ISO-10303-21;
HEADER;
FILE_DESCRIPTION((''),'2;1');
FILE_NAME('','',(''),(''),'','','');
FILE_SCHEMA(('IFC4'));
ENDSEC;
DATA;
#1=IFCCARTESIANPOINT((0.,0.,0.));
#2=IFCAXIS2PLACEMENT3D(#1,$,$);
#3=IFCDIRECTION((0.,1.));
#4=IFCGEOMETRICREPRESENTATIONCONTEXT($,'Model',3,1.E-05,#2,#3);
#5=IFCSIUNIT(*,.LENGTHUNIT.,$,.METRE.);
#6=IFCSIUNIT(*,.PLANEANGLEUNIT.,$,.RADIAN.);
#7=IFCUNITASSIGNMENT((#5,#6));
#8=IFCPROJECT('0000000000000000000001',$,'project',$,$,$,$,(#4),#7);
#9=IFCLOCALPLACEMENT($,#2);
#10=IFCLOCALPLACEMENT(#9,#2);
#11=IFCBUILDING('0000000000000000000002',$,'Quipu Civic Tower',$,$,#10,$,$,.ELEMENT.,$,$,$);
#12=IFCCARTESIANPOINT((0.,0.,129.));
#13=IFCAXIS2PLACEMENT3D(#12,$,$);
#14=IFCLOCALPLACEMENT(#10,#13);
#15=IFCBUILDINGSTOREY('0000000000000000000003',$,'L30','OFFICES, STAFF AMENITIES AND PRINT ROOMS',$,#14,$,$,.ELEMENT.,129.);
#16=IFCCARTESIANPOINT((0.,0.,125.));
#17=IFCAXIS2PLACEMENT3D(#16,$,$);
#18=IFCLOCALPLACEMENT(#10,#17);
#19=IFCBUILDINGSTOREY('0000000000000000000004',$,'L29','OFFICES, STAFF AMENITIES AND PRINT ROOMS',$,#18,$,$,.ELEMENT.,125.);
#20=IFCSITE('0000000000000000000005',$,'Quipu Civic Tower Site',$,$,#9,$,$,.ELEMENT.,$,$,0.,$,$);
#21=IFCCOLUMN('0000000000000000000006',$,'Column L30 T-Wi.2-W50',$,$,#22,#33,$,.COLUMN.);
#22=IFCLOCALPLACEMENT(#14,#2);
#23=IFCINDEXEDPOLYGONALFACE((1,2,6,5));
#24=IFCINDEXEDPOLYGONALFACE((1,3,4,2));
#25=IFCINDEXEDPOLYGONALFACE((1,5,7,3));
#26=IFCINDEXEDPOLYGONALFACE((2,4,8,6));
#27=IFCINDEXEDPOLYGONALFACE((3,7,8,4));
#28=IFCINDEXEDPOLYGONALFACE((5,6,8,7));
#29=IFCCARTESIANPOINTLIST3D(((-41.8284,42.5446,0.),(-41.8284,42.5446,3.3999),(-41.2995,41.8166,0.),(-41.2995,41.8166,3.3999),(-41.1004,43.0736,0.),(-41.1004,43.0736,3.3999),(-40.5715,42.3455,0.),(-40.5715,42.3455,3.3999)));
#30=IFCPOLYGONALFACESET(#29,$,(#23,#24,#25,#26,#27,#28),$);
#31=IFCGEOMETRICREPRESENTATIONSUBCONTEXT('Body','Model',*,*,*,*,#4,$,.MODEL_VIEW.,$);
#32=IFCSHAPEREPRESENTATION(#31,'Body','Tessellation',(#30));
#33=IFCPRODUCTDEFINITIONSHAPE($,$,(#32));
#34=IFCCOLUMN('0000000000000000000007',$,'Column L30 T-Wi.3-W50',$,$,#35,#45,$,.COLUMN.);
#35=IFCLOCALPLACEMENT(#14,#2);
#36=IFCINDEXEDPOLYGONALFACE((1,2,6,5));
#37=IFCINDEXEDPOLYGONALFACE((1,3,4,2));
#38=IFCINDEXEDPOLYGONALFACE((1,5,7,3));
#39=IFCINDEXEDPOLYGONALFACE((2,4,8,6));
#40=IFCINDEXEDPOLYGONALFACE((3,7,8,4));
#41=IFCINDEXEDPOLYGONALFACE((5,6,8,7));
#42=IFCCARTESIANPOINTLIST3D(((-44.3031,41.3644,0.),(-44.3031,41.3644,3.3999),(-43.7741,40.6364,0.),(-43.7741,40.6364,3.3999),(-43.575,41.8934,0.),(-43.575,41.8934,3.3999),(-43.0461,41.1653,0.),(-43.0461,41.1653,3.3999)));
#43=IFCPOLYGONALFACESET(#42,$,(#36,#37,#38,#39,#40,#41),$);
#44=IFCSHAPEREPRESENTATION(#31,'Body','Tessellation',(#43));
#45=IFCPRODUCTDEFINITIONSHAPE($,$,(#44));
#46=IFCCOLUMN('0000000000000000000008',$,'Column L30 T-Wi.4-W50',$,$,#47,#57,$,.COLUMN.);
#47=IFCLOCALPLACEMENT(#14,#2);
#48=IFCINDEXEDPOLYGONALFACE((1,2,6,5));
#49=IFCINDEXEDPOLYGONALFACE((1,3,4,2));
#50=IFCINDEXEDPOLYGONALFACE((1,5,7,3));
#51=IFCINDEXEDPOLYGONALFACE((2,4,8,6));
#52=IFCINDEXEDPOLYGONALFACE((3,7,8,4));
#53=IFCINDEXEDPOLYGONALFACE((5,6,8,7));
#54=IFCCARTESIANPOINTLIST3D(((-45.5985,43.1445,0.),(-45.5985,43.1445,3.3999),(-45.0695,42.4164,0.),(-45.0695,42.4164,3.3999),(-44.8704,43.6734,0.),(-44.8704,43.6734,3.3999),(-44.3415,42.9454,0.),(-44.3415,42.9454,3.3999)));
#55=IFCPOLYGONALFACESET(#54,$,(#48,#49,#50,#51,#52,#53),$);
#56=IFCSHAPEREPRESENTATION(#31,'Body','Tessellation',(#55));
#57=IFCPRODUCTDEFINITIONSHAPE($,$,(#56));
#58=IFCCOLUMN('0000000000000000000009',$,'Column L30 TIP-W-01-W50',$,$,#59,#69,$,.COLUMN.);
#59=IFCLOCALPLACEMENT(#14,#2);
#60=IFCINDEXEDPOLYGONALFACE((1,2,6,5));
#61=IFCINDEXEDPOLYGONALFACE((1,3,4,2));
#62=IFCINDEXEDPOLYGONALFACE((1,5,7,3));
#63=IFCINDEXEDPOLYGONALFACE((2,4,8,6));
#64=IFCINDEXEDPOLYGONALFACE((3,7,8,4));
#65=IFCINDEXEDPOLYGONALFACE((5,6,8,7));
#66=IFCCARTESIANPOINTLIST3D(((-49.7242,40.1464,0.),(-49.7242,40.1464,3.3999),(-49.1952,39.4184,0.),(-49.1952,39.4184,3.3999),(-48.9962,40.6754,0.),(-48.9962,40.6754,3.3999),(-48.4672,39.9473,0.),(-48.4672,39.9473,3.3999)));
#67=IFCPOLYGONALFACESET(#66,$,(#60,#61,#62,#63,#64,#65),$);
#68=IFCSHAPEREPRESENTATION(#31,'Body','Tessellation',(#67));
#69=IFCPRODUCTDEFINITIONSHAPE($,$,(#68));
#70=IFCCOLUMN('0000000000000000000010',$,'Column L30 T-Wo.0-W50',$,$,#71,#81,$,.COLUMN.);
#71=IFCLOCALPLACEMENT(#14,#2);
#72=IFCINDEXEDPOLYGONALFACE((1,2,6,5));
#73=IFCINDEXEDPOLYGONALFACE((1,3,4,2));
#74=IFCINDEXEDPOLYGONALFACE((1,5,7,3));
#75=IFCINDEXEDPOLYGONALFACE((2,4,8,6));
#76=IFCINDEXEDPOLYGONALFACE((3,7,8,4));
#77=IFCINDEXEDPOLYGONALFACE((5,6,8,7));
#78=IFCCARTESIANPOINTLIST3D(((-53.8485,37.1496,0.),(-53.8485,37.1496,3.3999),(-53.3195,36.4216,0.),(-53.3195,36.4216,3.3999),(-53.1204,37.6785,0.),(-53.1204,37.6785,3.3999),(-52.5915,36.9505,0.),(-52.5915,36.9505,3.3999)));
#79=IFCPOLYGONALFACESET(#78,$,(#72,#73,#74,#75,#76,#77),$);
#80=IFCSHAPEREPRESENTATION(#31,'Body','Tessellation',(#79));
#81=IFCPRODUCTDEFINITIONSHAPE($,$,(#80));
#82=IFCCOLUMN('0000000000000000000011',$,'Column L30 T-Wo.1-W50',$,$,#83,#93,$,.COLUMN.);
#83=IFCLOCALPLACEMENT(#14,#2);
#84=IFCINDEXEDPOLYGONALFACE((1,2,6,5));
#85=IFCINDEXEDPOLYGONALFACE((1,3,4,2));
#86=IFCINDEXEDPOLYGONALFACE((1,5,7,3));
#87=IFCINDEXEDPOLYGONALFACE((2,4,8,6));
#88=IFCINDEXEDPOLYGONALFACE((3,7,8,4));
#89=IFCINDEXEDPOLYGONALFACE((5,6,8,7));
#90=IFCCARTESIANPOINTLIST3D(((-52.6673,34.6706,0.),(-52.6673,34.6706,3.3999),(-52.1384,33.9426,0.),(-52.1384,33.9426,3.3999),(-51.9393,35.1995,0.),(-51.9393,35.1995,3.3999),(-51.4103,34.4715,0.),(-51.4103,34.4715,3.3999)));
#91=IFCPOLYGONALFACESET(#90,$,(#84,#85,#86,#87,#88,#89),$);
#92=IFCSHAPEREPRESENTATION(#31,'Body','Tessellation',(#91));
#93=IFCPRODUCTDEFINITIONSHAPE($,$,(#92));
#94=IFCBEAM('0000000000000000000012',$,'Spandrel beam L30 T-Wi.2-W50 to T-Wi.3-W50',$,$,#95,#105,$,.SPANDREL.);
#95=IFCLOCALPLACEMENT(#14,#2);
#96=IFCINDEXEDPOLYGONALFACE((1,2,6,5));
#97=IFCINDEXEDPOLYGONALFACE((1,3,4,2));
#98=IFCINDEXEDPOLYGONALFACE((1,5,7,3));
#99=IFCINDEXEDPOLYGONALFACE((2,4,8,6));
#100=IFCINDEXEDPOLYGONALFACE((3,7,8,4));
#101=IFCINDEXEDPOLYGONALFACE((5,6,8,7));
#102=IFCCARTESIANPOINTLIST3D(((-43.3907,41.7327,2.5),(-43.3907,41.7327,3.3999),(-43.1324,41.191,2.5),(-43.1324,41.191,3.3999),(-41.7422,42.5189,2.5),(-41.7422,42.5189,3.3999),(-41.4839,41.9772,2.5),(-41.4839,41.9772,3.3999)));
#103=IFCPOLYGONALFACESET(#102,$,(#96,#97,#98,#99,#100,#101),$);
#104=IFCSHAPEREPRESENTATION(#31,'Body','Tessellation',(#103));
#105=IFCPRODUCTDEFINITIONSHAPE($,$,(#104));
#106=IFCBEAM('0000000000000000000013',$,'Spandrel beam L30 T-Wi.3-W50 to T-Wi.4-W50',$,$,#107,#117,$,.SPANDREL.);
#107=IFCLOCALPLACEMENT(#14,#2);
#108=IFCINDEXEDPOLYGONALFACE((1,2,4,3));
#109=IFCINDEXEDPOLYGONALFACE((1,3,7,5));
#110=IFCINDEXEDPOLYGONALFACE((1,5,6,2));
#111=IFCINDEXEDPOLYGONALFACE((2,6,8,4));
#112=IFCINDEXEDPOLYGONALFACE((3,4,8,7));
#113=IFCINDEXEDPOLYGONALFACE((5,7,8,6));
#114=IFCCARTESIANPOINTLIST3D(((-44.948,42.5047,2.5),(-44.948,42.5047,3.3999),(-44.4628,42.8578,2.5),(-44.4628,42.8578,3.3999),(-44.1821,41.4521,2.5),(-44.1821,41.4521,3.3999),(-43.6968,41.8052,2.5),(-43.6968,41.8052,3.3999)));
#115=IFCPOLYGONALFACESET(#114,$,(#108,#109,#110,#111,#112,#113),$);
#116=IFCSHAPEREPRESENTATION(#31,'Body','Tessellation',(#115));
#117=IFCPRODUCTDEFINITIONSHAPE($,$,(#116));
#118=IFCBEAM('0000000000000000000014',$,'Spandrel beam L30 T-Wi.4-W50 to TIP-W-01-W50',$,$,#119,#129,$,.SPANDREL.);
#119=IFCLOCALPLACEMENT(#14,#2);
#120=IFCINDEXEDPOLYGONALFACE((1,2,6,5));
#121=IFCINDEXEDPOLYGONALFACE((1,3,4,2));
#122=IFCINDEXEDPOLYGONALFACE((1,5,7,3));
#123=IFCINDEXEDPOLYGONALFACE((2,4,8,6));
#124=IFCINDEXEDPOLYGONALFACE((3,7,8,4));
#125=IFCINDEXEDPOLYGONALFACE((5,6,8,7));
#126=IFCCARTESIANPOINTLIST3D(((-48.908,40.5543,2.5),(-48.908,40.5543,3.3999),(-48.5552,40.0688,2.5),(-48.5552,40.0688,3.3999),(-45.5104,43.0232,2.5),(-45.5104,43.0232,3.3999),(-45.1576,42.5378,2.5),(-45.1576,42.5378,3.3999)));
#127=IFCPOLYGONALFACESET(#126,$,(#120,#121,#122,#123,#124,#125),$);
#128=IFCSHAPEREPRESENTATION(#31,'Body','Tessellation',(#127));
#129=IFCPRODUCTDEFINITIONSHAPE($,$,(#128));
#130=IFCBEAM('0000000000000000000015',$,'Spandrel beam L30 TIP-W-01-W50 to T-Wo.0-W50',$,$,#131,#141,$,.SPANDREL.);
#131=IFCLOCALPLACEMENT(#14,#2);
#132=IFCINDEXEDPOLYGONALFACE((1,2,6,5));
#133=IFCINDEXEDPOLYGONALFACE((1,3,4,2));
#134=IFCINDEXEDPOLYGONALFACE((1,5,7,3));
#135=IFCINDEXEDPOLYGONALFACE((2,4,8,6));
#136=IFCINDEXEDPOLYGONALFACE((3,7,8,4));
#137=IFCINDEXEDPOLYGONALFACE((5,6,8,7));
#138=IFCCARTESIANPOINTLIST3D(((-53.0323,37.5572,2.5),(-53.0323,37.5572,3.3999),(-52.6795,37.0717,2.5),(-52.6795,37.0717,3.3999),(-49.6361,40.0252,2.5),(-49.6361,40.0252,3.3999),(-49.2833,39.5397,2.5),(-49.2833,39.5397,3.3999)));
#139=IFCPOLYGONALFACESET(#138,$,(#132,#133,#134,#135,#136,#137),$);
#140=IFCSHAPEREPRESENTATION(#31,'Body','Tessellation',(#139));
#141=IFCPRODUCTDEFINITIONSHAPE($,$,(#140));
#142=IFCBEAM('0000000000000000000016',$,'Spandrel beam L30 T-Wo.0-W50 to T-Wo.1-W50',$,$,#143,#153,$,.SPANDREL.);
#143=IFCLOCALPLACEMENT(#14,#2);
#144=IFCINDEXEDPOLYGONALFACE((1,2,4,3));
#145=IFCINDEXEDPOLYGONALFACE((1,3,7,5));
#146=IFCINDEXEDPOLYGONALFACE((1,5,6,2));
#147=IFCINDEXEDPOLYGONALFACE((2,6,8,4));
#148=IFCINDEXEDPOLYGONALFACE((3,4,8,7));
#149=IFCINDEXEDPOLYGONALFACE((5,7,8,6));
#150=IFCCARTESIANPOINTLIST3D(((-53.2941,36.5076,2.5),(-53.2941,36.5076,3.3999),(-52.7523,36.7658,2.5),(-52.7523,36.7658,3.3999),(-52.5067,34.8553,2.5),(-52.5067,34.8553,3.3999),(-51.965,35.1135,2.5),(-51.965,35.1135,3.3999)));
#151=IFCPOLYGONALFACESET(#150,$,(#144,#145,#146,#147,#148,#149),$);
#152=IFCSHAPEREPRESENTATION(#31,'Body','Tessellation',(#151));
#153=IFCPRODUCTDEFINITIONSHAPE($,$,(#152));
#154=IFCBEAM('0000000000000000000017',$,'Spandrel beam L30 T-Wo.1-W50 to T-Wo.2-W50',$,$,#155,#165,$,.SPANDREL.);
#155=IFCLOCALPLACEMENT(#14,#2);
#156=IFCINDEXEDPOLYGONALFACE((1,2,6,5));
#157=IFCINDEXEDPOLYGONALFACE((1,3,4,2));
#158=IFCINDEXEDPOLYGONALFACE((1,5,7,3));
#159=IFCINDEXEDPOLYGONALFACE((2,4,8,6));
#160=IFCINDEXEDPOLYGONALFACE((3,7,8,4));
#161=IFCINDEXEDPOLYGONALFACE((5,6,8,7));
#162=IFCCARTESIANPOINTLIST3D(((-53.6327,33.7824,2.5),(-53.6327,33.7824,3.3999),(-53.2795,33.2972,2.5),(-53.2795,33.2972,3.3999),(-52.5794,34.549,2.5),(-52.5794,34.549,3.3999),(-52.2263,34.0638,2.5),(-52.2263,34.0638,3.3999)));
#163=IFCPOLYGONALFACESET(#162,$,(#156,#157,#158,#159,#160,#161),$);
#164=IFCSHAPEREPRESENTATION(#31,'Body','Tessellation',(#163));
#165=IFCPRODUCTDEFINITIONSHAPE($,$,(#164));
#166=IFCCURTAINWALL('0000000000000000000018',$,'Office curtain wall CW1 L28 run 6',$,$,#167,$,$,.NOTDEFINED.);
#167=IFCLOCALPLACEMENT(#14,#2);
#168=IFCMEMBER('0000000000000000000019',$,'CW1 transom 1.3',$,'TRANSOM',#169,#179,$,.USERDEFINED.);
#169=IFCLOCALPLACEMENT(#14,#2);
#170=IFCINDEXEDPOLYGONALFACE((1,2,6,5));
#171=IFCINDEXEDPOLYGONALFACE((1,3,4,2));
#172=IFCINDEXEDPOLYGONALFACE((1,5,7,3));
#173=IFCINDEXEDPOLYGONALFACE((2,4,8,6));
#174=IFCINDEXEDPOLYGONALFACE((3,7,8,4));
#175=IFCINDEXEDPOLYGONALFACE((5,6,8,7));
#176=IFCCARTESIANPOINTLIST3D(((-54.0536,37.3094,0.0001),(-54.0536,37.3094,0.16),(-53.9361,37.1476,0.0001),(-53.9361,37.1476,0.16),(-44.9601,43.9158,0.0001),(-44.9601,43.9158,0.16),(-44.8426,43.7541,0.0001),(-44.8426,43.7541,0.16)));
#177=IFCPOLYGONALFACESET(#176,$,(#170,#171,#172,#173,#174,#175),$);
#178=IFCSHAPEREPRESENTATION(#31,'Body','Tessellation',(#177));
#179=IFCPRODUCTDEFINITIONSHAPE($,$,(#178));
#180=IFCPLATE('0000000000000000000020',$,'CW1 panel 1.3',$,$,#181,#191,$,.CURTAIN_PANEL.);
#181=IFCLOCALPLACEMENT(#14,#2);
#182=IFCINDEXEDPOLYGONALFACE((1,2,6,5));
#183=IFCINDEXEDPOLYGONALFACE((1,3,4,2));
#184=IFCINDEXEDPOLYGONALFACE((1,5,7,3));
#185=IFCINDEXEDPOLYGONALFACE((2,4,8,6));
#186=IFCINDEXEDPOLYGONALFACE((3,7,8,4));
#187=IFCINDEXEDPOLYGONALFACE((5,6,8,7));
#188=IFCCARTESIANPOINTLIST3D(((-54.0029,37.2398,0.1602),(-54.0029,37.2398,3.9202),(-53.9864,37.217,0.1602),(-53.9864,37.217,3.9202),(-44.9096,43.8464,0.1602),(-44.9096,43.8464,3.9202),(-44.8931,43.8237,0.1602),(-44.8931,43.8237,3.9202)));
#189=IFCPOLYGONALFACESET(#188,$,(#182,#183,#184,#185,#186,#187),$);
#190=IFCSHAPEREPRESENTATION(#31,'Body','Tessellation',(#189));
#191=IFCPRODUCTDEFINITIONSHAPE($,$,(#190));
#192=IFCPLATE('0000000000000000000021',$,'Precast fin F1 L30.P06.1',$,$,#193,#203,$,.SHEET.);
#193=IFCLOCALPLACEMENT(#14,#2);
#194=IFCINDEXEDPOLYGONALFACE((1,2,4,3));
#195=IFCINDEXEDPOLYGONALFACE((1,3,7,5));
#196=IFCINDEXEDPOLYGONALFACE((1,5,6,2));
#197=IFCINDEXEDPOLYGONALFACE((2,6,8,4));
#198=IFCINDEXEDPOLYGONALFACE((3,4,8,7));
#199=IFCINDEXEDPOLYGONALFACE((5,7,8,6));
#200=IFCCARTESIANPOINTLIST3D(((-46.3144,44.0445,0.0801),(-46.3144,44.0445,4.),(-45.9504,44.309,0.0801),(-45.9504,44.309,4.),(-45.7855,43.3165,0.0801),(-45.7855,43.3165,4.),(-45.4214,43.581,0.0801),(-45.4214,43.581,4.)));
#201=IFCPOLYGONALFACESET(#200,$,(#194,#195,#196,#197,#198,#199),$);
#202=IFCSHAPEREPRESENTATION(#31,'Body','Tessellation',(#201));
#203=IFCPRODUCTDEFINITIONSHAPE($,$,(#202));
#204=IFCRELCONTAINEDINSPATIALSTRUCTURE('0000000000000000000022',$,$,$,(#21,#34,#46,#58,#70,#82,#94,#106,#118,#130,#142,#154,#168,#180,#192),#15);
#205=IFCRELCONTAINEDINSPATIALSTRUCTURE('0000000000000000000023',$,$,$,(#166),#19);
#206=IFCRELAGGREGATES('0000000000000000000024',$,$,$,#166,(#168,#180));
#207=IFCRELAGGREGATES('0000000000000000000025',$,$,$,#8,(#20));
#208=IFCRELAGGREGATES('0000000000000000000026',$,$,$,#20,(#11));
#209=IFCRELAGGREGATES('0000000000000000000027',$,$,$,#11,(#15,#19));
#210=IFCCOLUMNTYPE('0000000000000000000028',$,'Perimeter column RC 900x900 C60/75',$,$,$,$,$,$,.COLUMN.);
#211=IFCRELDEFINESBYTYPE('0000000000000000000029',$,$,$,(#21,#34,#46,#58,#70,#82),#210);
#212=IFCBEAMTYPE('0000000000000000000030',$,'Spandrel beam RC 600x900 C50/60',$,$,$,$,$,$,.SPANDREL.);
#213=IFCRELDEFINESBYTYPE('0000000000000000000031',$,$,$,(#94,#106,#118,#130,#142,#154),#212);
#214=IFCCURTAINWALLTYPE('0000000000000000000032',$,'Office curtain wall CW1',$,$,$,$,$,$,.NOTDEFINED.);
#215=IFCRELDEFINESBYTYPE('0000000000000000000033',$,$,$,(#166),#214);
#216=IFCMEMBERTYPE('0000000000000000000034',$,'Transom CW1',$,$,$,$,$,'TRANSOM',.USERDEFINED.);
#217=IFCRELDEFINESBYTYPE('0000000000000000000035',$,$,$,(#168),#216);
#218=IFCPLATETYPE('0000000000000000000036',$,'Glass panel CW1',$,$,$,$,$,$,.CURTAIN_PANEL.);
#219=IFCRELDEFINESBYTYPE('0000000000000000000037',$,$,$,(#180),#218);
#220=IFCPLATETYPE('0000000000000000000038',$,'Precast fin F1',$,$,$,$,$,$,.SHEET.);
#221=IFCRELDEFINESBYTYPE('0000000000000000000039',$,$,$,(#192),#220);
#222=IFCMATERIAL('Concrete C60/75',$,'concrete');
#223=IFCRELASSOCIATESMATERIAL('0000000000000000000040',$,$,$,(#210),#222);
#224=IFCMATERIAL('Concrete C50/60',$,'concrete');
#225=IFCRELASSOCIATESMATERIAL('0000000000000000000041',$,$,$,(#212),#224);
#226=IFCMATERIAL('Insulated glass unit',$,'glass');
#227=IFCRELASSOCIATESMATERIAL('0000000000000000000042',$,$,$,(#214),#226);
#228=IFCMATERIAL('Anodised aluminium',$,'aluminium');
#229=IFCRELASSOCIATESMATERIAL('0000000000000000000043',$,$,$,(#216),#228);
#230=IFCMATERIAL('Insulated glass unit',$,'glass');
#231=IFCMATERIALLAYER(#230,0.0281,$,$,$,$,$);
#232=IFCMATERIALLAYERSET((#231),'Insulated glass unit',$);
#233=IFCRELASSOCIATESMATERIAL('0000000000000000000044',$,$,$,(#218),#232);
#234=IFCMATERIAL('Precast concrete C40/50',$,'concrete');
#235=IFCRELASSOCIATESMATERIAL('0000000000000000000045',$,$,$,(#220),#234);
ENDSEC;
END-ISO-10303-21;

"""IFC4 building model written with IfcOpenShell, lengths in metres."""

from ifc_helpers import new_model, si_unit, direction, frame, origin, origin_2d, place, context, subcontext, project, spatial, rectangle, extrude, material, layer, layer_set, material_profile, profile_set, type_object, element, aggregate, save


model = new_model("IFC4")

# Units and contexts
model_context = context("Model", 3, precision=1e-05, world=origin(), true_north=direction((0.0, 1.0)))
body_context = subcontext(model_context, "Body", "Model", "MODEL_VIEW")
ifc_project = project(units=[si_unit("LENGTHUNIT", "METRE"), si_unit("PLANEANGLEUNIT", "RADIAN")], contexts=[model_context])

# Site, building, storey
site_placement = place(None, origin())
site = spatial("IfcSite", under=ifc_project, at=site_placement, Name="Quipu Civic Tower Site", CompositionType="ELEMENT", RefElevation=0.0)
building_placement = place(site_placement, origin())
building = spatial("IfcBuilding", under=site, at=building_placement, Name="Quipu Civic Tower", CompositionType="ELEMENT")
storey_1_placement = place(building_placement, frame((0.0, 0.0, 129.0)))
storey_1 = spatial("IfcBuildingStorey", under=building, at=storey_1_placement, Name="L30", Description="OFFICES, STAFF AMENITIES AND PRINT ROOMS", CompositionType="ELEMENT", Elevation=129.0)

# Columns
ifc_material_1 = material(Name="Concrete C60/75", Category="concrete")
ifc_material_profile_1 = material_profile(ifc_material_1, rectangle(XDim=0.8999, YDim=0.8999, at=origin_2d()), Name="RC900x900")
ifc_profile_set_1 = profile_set([ifc_material_profile_1], Name="Concrete C60/75")
column_type = type_object("IfcColumnType", Name="Perimeter column RC 900x900 C60/75", PredefinedType="COLUMN", material=ifc_profile_set_1)
for number, where, z_axis, x_axis, name in (
    (1, (-41.2, 42.4451, 0.0), (0.0, 0.0, 1.0), (-0.587785, 0.809017, 0.0), "Column L30 T-Wi.2-W50"),
    (2, (-43.6746, 41.2649, 0.0), (0.0, 0.0, 1.0), (-0.809017, -0.587785, 0.0), "Column L30 T-Wi.3-W50"),
    (3, (-44.97, 43.0449, 0.0), (0.0, 0.0, 1.0), (-0.809017, -0.587785, 0.0), "Column L30 T-Wi.4-W50"),
    (4, (-49.0957, 40.0469, 0.0), (0.0, 0.0, 1.0), (-0.809017, -0.587785, 0.0), "Column L30 TIP-W-01-W50"),
    (5, (-53.22, 37.05, 0.0), (0.0, 0.0, 1.0), (0.587785, -0.809017, 0.0), "Column L30 T-Wo.0-W50"),
    (6, (-52.0388, 34.571, 0.0), (0.0, 0.0, 1.0), (-0.809017, -0.587785, 0.0), "Column L30 T-Wo.1-W50"),
):
    element("IfcColumn", number, at=place(storey_1_placement, frame(where, z_axis=z_axis, x_axis=x_axis)), inside=storey_1, type_object=column_type, Name=name, PredefinedType="COLUMN", context=body_context, shape_type="SweptSolid", body=[
        extrude(rectangle(XDim=0.8999, YDim=0.8999, at=origin_2d()), origin(), (0.0, 0.0, 1.0), 3.3999),
    ])

# Beams
ifc_material_2 = material(Name="Concrete C50/60", Category="concrete")
ifc_material_profile_2 = material_profile(ifc_material_2, rectangle(XDim=0.6001, YDim=0.8999, at=origin_2d()), Name="RC600x900")
ifc_profile_set_2 = profile_set([ifc_material_profile_2], Name="Concrete C50/60")
beam_type = type_object("IfcBeamType", Name="Spandrel beam RC 600x900 C50/60", PredefinedType="SPANDREL", material=ifc_profile_set_2)
beam_1_placement = place(storey_1_placement, frame((-41.613, 42.248, 2.95), z_axis=(-0.902613, -0.430452, 0.0), x_axis=(0.430452, -0.902613, 0.0)))
element("IfcBeam", 7, at=beam_1_placement, inside=storey_1, type_object=beam_type, Name="Spandrel beam L30 T-Wi.2-W50 to T-Wi.3-W50", PredefinedType="SPANDREL", context=body_context, shape_type="SweptSolid", body=[
    extrude(rectangle(XDim=0.6001, YDim=0.8999, at=origin_2d()), origin(), (0.0, 0.0, 1.0), 1.8264),
])
beam_2_placement = place(storey_1_placement, frame((-43.9395, 41.6287, 2.95), z_axis=(-0.588384, 0.808582, 0.0), x_axis=(-0.808582, -0.588384, 0.0)))
element("IfcBeam", 8, at=beam_2_placement, inside=storey_1, type_object=beam_type, Name="Spandrel beam L30 T-Wi.3-W50 to T-Wi.4-W50", PredefinedType="SPANDREL", context=body_context, shape_type="SweptSolid", body=[
    extrude(rectangle(XDim=0.6001, YDim=0.8999, at=origin_2d()), origin(), (0.0, 0.0, 1.0), 1.3018),
])
beam_3_placement = place(storey_1_placement, frame((-45.334, 42.7805, 2.95), z_axis=(-0.80897, -0.58785, 0.0), x_axis=(0.58785, -0.80897, 0.0)))
element("IfcBeam", 9, at=beam_3_placement, inside=storey_1, type_object=beam_type, Name="Spandrel beam L30 T-Wi.4-W50 to TIP-W-01-W50", PredefinedType="SPANDREL", context=body_context, shape_type="SweptSolid", body=[
    extrude(rectangle(XDim=0.6001, YDim=0.8999, at=origin_2d()), origin(), (0.0, 0.0, 1.0), 4.2),
])
beam_4_placement = place(storey_1_placement, frame((-49.4597, 39.7825, 2.95), z_axis=(-0.80896, -0.587864, 0.0), x_axis=(0.587864, -0.80896, 0.0)))
element("IfcBeam", 10, at=beam_4_placement, inside=storey_1, type_object=beam_type, Name="Spandrel beam L30 TIP-W-01-W50 to T-Wo.0-W50", PredefinedType="SPANDREL", context=body_context, shape_type="SweptSolid", body=[
    extrude(rectangle(XDim=0.6001, YDim=0.8999, at=origin_2d()), origin(), (0.0, 0.0, 1.0), 4.1982),
])
beam_5_placement = place(storey_1_placement, frame((-53.0232, 36.6367, 2.95), z_axis=(0.430167, -0.90275, 0.0), x_axis=(0.90275, 0.430167, 0.0)))
element("IfcBeam", 11, at=beam_5_placement, inside=storey_1, type_object=beam_type, Name="Spandrel beam L30 T-Wo.0-W50 to T-Wo.1-W50", PredefinedType="SPANDREL", context=body_context, shape_type="SweptSolid", body=[
    extrude(rectangle(XDim=0.6001, YDim=0.8999, at=origin_2d()), origin(), (0.0, 0.0, 1.0), 1.8303),
])
beam_6_placement = place(storey_1_placement, frame((-52.4028, 34.3064, 2.95), z_axis=(-0.808509, -0.588484, 0.0), x_axis=(0.588484, -0.808509, 0.0)))
element("IfcBeam", 12, at=beam_6_placement, inside=storey_1, type_object=beam_type, Name="Spandrel beam L30 T-Wo.1-W50 to T-Wo.2-W50", PredefinedType="SPANDREL", context=body_context, shape_type="SweptSolid", body=[
    extrude(rectangle(XDim=0.6001, YDim=0.8999, at=origin_2d()), origin(), (0.0, 0.0, 1.0), 1.3027),
])

# Shared definitions
storey_2_placement = place(building_placement, frame((0.0, 0.0, 125.0)))
storey_2 = spatial("IfcBuildingStorey", under=building, at=storey_2_placement, Name="L29", Description="OFFICES, STAFF AMENITIES AND PRINT ROOMS", CompositionType="ELEMENT", Elevation=125.0)

# Curtain wall, member, plate
ifc_material_3 = material(Name="Insulated glass unit", Category="glass")
curtain_wall_type = type_object("IfcCurtainWallType", Name="Office curtain wall CW1", PredefinedType="NOTDEFINED", material=ifc_material_3)
curtain_wall_placement = place(storey_2_placement, origin())
curtain_wall = element("IfcCurtainWall", 13, at=curtain_wall_placement, inside=storey_2, type_object=curtain_wall_type, Name="Office curtain wall CW1 L28 run 6", PredefinedType="NOTDEFINED")
ifc_material_4 = material(Name="Anodised aluminium", Category="aluminium")
ifc_material_profile_3 = material_profile(ifc_material_4, rectangle(XDim=0.2, YDim=0.1599, at=origin_2d()), Name="RECT 200x160")
ifc_profile_set_3 = profile_set([ifc_material_profile_3], Name="Anodised aluminium")
member_type = type_object("IfcMemberType", Name="Transom CW1", ElementType="TRANSOM", PredefinedType="USERDEFINED", material=ifc_profile_set_3)
member_placement = place(storey_1_placement, frame((-44.9014, 43.835, 0.0801), z_axis=(-0.809033, -0.587764, 0.0), x_axis=(0.587764, -0.809033, 0.0)))
member = element("IfcMember", 14, at=member_placement, inside=storey_1, type_object=member_type, Name="CW1 transom 1.3", ObjectType="TRANSOM", PredefinedType="USERDEFINED", context=body_context, shape_type="SweptSolid", body=[
    extrude(rectangle(XDim=0.2, YDim=0.1599, at=origin_2d()), origin(), (0.0, 0.0, 1.0), 11.24),
])
ifc_material_5 = material(Name="Insulated glass unit", Category="glass")
ifc_layer_1 = layer(ifc_material_5, 0.0281)
ifc_layer_set_1 = layer_set([ifc_layer_1], Name="Insulated glass unit")
plate_type_1 = type_object("IfcPlateType", Name="Glass panel CW1", PredefinedType="CURTAIN_PANEL", material=ifc_layer_set_1)
plate_placement = place(storey_1_placement, frame((-49.448, 40.5317, 0.1602), z_axis=(0.0, 0.0, 1.0), x_axis=(-0.809019, -0.587782, 0.0)))
plate = element("IfcPlate", 15, at=plate_placement, inside=storey_1, type_object=plate_type_1, Name="CW1 panel 1.3", PredefinedType="CURTAIN_PANEL", context=body_context, shape_type="SweptSolid", body=[
    extrude(rectangle(XDim=11.24, YDim=0.0281, at=origin_2d()), origin(), (0.0, 0.0, 1.0), 3.76),
])
aggregate(curtain_wall, [member, plate])

# Plate
ifc_material_6 = material(Name="Precast concrete C40/50", Category="concrete")
plate_type_2 = type_object("IfcPlateType", Name="Precast fin F1", PredefinedType="SHEET", material=ifc_material_6)
for number, where, z_axis, x_axis, name in (
    (16, (-45.8679, 43.8127, 0.0801), (0.0, 0.0, 1.0), (-0.809021, -0.587779, 0.0), "Precast fin F1 L30.P06.1"),
):
    element("IfcPlate", number, at=place(storey_1_placement, frame(where, z_axis=z_axis, x_axis=x_axis)), inside=storey_1, type_object=plate_type_2, Name=name, PredefinedType="SHEET", context=body_context, shape_type="SweptSolid", body=[
        extrude(rectangle(XDim=0.45, YDim=0.8999, at=origin_2d()), origin(), (0.0, 0.0, 1.0), 3.9199),
    ])

save(model, "model.ifc")
